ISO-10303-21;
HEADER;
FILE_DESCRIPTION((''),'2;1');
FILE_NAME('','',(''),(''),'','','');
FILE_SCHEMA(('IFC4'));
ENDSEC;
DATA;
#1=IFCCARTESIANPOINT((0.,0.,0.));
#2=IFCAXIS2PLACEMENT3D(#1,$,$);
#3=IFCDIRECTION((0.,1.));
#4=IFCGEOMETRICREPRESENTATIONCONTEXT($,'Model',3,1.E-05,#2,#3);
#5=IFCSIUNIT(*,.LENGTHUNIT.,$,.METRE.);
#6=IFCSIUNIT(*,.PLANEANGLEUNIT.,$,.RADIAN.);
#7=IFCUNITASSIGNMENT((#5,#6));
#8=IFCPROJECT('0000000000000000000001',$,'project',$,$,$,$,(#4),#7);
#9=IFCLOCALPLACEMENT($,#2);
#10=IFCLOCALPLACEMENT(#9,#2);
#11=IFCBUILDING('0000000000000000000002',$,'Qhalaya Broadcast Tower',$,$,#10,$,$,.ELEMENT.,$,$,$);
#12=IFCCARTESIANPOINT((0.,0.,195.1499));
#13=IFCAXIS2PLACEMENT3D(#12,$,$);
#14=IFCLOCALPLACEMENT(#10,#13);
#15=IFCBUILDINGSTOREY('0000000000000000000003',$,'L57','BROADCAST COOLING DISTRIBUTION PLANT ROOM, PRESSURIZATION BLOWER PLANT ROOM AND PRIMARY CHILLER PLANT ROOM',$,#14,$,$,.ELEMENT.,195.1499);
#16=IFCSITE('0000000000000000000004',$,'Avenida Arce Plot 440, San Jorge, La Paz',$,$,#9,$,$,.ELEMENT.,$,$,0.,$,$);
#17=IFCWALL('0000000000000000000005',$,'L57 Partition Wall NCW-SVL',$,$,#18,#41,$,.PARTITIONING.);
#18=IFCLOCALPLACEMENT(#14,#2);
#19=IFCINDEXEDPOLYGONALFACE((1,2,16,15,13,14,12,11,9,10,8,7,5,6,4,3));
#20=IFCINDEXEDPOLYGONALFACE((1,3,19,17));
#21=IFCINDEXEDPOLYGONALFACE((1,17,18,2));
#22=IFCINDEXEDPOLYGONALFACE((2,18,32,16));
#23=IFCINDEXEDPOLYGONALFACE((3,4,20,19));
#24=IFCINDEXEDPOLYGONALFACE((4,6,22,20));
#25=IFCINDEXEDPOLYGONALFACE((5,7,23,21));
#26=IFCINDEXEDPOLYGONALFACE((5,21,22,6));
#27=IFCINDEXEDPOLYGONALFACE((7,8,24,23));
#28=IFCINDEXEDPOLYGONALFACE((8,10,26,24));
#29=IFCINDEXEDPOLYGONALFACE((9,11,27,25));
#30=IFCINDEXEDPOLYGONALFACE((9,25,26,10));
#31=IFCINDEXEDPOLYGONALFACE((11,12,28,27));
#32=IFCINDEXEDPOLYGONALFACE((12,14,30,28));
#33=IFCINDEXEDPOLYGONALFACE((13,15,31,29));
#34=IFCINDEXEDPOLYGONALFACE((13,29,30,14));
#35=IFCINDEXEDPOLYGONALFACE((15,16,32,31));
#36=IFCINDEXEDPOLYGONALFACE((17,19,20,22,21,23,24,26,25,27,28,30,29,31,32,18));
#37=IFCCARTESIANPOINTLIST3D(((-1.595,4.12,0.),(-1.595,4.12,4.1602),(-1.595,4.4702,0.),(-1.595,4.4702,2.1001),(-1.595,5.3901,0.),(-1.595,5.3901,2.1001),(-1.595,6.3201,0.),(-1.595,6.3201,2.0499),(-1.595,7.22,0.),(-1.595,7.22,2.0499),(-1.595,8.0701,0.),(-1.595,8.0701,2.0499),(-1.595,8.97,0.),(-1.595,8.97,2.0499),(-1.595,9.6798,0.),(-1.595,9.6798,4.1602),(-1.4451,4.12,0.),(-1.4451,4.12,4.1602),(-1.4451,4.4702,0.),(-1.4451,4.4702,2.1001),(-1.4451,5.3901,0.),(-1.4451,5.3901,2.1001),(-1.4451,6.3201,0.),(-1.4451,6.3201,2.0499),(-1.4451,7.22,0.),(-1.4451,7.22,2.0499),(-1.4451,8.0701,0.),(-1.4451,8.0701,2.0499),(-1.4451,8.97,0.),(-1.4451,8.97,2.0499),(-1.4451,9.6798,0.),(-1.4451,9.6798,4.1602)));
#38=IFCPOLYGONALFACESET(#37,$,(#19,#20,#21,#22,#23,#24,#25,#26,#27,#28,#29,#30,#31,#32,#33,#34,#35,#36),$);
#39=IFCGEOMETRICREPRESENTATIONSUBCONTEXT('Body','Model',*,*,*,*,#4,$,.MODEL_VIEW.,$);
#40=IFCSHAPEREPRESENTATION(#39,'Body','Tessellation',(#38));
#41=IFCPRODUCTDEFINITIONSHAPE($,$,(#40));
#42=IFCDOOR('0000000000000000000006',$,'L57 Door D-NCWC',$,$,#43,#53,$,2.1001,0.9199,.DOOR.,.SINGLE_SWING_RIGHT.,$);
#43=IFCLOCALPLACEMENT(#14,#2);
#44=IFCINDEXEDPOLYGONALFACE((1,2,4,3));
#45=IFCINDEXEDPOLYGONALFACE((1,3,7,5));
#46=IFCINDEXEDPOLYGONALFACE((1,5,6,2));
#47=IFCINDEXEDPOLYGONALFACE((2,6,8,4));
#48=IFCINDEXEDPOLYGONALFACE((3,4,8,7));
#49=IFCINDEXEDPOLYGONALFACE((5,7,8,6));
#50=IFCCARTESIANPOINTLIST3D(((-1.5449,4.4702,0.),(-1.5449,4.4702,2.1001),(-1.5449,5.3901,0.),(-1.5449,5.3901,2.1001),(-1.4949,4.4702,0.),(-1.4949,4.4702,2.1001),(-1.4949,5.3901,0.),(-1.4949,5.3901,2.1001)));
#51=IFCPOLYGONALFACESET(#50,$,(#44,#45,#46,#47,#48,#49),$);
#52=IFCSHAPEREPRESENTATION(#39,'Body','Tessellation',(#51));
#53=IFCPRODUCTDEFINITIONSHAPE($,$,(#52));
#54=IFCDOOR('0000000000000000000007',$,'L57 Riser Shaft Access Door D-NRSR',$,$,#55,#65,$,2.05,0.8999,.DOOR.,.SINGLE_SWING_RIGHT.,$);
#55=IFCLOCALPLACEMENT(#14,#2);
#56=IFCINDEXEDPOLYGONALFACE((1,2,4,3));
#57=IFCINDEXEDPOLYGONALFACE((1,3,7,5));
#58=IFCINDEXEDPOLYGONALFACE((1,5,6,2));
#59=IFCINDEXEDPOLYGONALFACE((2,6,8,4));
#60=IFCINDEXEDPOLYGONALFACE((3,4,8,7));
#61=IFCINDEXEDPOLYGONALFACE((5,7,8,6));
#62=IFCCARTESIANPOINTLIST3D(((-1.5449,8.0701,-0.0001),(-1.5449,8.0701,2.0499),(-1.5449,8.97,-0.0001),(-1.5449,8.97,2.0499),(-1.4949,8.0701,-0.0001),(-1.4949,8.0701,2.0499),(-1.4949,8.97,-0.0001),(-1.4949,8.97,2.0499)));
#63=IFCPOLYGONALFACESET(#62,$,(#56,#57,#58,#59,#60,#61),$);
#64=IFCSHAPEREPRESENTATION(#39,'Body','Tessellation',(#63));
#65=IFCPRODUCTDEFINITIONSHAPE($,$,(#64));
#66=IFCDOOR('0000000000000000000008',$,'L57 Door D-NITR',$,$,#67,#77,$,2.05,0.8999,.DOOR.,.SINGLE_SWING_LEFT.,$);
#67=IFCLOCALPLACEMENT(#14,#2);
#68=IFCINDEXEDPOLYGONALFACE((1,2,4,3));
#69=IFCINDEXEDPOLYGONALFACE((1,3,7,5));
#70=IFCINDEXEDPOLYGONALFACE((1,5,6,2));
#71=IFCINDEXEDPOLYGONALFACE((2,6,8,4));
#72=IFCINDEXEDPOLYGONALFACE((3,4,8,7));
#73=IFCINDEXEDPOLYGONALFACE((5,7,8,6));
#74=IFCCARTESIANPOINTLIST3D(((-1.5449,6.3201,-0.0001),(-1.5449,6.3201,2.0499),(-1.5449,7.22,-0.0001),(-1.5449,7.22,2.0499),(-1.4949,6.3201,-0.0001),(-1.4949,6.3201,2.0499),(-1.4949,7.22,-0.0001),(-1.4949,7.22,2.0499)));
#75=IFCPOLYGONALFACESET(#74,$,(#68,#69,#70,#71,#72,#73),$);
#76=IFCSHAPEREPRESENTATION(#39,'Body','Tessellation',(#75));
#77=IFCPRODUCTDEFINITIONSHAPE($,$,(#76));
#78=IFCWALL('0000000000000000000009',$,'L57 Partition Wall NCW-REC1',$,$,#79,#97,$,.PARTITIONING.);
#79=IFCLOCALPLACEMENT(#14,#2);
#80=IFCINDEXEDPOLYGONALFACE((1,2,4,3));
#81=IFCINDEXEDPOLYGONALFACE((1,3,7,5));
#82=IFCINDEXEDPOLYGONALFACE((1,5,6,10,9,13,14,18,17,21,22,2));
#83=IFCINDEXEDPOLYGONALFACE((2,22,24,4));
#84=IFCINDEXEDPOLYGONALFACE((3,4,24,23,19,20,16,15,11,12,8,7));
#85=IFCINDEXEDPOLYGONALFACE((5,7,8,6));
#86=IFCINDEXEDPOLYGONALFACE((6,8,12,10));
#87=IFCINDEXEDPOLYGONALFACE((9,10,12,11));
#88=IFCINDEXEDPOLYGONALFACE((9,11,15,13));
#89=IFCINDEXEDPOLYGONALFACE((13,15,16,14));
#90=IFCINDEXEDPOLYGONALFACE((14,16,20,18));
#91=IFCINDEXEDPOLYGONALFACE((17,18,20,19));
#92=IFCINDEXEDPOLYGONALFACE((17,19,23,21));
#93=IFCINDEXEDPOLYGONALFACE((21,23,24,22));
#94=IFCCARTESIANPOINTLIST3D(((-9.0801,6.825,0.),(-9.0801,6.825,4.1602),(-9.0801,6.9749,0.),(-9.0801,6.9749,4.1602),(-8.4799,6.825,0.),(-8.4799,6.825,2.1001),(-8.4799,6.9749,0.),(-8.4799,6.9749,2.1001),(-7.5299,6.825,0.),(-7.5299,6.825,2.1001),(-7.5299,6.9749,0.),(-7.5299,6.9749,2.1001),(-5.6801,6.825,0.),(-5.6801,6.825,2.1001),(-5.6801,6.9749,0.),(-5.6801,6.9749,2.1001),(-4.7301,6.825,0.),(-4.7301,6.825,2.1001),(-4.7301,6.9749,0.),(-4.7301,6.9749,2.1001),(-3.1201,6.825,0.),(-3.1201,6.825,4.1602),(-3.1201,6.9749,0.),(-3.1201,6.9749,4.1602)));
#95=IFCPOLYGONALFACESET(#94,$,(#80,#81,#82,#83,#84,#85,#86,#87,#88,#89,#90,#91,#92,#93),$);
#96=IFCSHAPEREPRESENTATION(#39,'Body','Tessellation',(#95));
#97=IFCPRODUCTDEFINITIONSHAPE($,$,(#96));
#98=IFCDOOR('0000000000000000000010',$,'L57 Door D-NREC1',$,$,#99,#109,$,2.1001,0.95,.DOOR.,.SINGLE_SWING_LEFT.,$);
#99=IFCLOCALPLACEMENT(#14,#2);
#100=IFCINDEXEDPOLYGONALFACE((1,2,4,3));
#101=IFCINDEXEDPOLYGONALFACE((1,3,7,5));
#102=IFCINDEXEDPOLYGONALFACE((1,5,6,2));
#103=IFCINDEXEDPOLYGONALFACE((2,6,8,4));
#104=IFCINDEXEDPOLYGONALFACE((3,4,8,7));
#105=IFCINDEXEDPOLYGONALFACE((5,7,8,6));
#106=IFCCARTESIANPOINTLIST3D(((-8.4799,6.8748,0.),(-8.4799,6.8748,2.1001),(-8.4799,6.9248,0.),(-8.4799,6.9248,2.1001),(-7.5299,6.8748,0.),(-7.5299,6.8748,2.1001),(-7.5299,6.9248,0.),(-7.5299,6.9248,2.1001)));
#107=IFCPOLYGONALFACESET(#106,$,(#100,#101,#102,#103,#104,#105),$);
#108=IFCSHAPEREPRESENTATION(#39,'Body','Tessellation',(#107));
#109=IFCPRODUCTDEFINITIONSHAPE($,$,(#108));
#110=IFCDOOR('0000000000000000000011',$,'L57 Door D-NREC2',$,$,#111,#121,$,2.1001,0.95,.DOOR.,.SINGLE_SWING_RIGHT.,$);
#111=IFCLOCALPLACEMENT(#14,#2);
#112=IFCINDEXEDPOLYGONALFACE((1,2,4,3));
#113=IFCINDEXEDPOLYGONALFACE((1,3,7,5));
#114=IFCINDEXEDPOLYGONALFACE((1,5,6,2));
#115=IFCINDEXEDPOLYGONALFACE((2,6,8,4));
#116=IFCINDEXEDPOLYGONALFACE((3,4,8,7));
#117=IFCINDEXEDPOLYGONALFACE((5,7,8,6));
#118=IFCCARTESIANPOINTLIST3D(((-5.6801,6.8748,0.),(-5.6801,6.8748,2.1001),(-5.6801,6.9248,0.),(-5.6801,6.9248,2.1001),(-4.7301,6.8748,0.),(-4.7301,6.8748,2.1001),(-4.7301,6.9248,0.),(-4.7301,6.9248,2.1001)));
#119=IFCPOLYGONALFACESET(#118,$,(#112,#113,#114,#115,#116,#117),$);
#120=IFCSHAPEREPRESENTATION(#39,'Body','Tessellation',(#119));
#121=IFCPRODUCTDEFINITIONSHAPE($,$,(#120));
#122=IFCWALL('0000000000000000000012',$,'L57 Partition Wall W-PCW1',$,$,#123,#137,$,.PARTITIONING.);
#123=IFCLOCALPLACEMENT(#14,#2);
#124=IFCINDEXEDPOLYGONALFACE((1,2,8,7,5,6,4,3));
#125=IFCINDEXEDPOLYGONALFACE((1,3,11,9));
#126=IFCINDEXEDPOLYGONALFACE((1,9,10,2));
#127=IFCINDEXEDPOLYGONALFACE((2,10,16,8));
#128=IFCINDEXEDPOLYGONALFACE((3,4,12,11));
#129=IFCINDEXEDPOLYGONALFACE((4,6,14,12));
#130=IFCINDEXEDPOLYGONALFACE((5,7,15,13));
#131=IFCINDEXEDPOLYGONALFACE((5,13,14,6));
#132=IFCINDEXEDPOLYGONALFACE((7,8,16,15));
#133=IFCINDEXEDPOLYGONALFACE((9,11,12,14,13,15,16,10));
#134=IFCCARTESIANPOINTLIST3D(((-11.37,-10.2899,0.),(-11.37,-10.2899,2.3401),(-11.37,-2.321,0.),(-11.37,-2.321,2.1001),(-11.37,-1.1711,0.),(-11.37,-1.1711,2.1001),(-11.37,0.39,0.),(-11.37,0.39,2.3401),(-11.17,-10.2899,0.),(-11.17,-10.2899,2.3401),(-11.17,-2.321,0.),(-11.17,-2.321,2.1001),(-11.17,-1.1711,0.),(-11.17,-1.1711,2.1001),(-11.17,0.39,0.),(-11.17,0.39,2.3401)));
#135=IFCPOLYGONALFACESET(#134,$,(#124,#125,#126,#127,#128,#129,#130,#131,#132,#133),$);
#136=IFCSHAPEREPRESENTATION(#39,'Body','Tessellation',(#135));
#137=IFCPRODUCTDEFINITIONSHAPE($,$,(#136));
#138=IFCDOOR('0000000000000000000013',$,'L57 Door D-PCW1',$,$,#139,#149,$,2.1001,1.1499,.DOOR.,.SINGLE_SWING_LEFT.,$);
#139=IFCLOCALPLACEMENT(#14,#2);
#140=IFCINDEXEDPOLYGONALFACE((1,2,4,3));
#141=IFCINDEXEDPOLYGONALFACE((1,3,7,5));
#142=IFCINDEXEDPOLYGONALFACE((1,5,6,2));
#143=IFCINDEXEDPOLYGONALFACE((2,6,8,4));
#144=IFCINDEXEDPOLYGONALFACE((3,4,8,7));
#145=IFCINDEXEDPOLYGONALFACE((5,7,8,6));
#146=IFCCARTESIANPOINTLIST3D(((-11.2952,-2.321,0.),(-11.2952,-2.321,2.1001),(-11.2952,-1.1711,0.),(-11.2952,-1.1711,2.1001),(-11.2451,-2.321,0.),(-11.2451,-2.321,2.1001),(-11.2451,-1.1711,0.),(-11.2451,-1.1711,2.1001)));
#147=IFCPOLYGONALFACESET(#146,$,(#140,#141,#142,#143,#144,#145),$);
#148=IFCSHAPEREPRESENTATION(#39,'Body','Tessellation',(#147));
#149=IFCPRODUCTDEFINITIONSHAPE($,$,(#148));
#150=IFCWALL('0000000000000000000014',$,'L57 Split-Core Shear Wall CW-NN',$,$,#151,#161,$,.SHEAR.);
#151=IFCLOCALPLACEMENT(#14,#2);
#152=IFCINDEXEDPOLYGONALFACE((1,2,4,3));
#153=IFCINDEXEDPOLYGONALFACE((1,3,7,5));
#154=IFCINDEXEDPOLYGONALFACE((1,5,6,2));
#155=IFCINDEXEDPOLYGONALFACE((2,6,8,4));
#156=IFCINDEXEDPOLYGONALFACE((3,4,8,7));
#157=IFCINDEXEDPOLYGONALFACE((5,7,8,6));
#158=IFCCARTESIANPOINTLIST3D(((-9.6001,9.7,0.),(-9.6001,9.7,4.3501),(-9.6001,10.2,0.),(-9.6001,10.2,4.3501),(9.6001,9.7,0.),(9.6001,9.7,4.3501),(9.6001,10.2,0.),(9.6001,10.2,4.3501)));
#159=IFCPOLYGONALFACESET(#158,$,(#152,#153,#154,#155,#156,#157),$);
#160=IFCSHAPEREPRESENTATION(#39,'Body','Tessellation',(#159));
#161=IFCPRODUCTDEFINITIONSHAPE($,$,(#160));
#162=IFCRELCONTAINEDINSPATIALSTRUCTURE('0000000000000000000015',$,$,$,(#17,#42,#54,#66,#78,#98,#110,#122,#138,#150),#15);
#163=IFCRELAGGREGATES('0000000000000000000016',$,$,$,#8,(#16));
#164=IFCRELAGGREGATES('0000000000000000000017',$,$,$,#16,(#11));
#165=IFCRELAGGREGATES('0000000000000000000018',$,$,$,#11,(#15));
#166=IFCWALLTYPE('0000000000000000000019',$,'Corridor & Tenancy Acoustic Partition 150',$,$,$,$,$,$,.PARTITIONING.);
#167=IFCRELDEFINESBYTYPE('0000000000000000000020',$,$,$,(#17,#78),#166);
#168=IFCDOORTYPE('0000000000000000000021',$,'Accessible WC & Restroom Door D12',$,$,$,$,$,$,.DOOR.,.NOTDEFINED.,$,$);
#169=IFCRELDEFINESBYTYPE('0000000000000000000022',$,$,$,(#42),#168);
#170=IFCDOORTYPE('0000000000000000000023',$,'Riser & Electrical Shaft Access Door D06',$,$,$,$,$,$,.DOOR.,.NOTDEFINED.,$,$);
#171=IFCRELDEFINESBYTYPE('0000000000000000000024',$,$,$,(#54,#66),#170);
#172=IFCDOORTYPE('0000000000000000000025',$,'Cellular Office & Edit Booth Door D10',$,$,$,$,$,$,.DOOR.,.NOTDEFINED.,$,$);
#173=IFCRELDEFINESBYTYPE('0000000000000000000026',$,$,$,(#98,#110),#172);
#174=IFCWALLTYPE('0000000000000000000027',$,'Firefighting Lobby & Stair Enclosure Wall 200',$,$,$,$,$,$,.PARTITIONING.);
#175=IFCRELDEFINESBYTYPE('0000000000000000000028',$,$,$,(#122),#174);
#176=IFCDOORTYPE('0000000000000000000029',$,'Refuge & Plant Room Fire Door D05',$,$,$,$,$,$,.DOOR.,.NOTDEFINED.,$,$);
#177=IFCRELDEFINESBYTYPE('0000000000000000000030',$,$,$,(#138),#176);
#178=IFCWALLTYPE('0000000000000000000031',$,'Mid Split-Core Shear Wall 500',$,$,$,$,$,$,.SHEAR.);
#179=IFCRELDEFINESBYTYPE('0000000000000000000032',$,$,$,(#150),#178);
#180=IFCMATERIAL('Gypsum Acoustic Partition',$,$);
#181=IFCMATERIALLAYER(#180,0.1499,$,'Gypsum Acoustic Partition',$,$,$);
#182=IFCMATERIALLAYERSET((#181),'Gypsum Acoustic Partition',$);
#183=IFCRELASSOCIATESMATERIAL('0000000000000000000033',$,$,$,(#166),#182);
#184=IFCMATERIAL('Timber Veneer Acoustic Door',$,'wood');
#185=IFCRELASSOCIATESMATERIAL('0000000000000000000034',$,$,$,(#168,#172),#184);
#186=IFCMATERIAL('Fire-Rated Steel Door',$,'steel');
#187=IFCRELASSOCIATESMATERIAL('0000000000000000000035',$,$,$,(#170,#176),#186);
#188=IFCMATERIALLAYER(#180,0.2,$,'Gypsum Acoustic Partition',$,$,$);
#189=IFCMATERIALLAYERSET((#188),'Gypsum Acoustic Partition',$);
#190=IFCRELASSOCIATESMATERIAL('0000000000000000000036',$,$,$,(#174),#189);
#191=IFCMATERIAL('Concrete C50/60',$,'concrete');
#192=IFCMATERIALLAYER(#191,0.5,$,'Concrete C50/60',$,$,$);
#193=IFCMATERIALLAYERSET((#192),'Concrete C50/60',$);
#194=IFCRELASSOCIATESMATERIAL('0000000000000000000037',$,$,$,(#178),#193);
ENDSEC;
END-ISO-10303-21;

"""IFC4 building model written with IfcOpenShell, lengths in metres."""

from ifc_helpers import new_model, si_unit, direction, frame, frame_2d, origin, place, context, subcontext, project, spatial, rectangle, extrude, material, layer, layer_set, type_object, element, fill, save


model = new_model("IFC4")

# Units and contexts
model_context = context("Model", 3, precision=1e-05, world=origin(), true_north=direction((0.0, 1.0)))
body_context = subcontext(model_context, "Body", "Model", "MODEL_VIEW")
ifc_project = project(units=[si_unit("LENGTHUNIT", "METRE"), si_unit("PLANEANGLEUNIT", "RADIAN")], contexts=[model_context])

# Site, building, storey
site_placement = place(None, origin())
site = spatial("IfcSite", under=ifc_project, at=site_placement, Name="Avenida Arce Plot 440, San Jorge, La Paz", CompositionType="ELEMENT", RefElevation=0.0)
building_placement = place(site_placement, origin())
building = spatial("IfcBuilding", under=site, at=building_placement, Name="Qhalaya Broadcast Tower", CompositionType="ELEMENT")
storey_placement = place(building_placement, frame((0.0, 0.0, 195.1499)))
storey = spatial("IfcBuildingStorey", under=building, at=storey_placement, Name="L57", Description="BROADCAST COOLING DISTRIBUTION PLANT ROOM, PRESSURIZATION BLOWER PLANT ROOM AND PRIMARY CHILLER PLANT ROOM", CompositionType="ELEMENT", Elevation=195.1499)

# Shared definitions
ifc_material_1 = material(Name="Concrete C50/60", Category="concrete")

# Walls, openings, doors
ifc_material_2 = material(Name="Gypsum Acoustic Partition")
ifc_layer_1 = layer(ifc_material_2, 0.1499, Name="Gypsum Acoustic Partition")
ifc_layer_set_1 = layer_set([ifc_layer_1], Name="Gypsum Acoustic Partition")
wall_type_1 = type_object("IfcWallType", Name="Corridor & Tenancy Acoustic Partition 150", PredefinedType="PARTITIONING", material=ifc_layer_set_1)
wall_1_placement = place(storey_placement, frame((-1.52, 4.1201, 0.0), z_axis=(0.0, 0.0, 1.0), x_axis=(0.0, 1.0, 0.0)))
wall_1 = element("IfcWall", 1, at=wall_1_placement, inside=storey, type_object=wall_type_1, Name="L57 Partition Wall NCW-SVL", PredefinedType="PARTITIONING", context=body_context, shape_type="SweptSolid", body=[
    extrude(rectangle(XDim=5.5598, YDim=0.1499, at=frame_2d((2.7798, 0.0))), origin(), (0.0, 0.0, 1.0), 4.1602),
])
opening_1_placement = place(wall_1_placement, frame((3.95, 0.0, 0.0)))
opening_1 = element("IfcOpeningElement", 2, at=opening_1_placement, cuts=wall_1, PredefinedType="OPENING", context=body_context, shape_type="SweptSolid", body=[
    extrude(rectangle(XDim=0.8999, YDim=2.05, at=frame_2d((0.45, 1.0249))), frame((0.0, 0.0869, 0.0), z_axis=(0.0, -1.0, 0.0), x_axis=(1.0, 0.0, 0.0)), (0.0, 0.0, 1.0), 0.1738),
])
opening_2_placement = place(wall_1_placement, frame((2.2, 0.0, 0.0)))
opening_2 = element("IfcOpeningElement", 3, at=opening_2_placement, cuts=wall_1, PredefinedType="OPENING", context=body_context, shape_type="SweptSolid", body=[
    extrude(rectangle(XDim=0.8999, YDim=2.05, at=frame_2d((0.45, 1.0249))), frame((0.0, 0.0869, 0.0), z_axis=(0.0, -1.0, 0.0), x_axis=(1.0, 0.0, 0.0)), (0.0, 0.0, 1.0), 0.1738),
])
opening_3_placement = place(wall_1_placement, frame((0.3501, 0.0, 0.0)))
opening_3 = element("IfcOpeningElement", 4, at=opening_3_placement, cuts=wall_1, PredefinedType="OPENING", context=body_context, shape_type="SweptSolid", body=[
    extrude(rectangle(XDim=0.9199, YDim=2.1001, at=frame_2d((0.46, 1.05))), frame((0.0, 0.0869, 0.0), z_axis=(0.0, -1.0, 0.0), x_axis=(1.0, 0.0, 0.0)), (0.0, 0.0, 1.0), 0.1738),
])
ifc_material_3 = material(Name="Timber Veneer Acoustic Door", Category="wood")
door_type_1 = type_object("IfcDoorType", Name="Accessible WC & Restroom Door D12", OperationType="NOTDEFINED", PredefinedType="DOOR", material=ifc_material_3)
door_1_placement = place(opening_3_placement, origin())
door_1 = element("IfcDoor", 5, at=door_1_placement, inside=storey, type_object=door_type_1, Name="L57 Door D-NCWC", OperationType="SINGLE_SWING_RIGHT", OverallHeight=2.1001, OverallWidth=0.9199, PredefinedType="DOOR", context=body_context, shape_type="SweptSolid", body=[
    extrude(rectangle(XDim=0.9199, YDim=2.1001, at=frame_2d((0.46, 1.05))), frame((0.0, 0.0249, 0.0), z_axis=(0.0, -1.0, 0.0), x_axis=(1.0, 0.0, 0.0)), (0.0, 0.0, 1.0), 0.05),
])
fill(opening_3, door_1)
ifc_material_4 = material(Name="Fire-Rated Steel Door", Category="steel")
door_type_2 = type_object("IfcDoorType", Name="Riser & Electrical Shaft Access Door D06", OperationType="NOTDEFINED", PredefinedType="DOOR", material=ifc_material_4)
door_2_placement = place(opening_1_placement, origin())
door_2 = element("IfcDoor", 6, at=door_2_placement, inside=storey, type_object=door_type_2, Name="L57 Riser Shaft Access Door D-NRSR", OperationType="SINGLE_SWING_RIGHT", OverallHeight=2.05, OverallWidth=0.8999, PredefinedType="DOOR", context=body_context, shape_type="SweptSolid", body=[
    extrude(rectangle(XDim=0.8999, YDim=2.05, at=frame_2d((0.45, 1.0249))), frame((0.0, 0.0249, 0.0), z_axis=(0.0, -1.0, 0.0), x_axis=(1.0, 0.0, 0.0)), (0.0, 0.0, 1.0), 0.05),
])
fill(opening_1, door_2)
door_3_placement = place(opening_2_placement, origin())
door_3 = element("IfcDoor", 7, at=door_3_placement, inside=storey, type_object=door_type_2, Name="L57 Door D-NITR", OperationType="SINGLE_SWING_LEFT", OverallHeight=2.05, OverallWidth=0.8999, PredefinedType="DOOR", context=body_context, shape_type="SweptSolid", body=[
    extrude(rectangle(XDim=0.8999, YDim=2.05, at=frame_2d((0.45, 1.0249))), frame((0.0, 0.0249, 0.0), z_axis=(0.0, -1.0, 0.0), x_axis=(1.0, 0.0, 0.0)), (0.0, 0.0, 1.0), 0.05),
])
fill(opening_2, door_3)
wall_2_placement = place(storey_placement, frame((-9.0801, 6.8999, 0.0), z_axis=(0.0, 0.0, 1.0), x_axis=(1.0, 0.0, 0.0)))
wall_2 = element("IfcWall", 8, at=wall_2_placement, inside=storey, type_object=wall_type_1, Name="L57 Partition Wall NCW-REC1", PredefinedType="PARTITIONING", context=body_context, shape_type="SweptSolid", body=[
    extrude(rectangle(XDim=5.96, YDim=0.1499, at=frame_2d((2.98, 0.0))), origin(), (0.0, 0.0, 1.0), 4.1602),
])
opening_4_placement = place(wall_2_placement, frame((0.6001, 0.0, 0.0)))
opening_4 = element("IfcOpeningElement", 9, at=opening_4_placement, cuts=wall_2, PredefinedType="OPENING", context=body_context, shape_type="SweptSolid", body=[
    extrude(rectangle(XDim=0.95, YDim=2.1001, at=frame_2d((0.4751, 1.05))), frame((0.0, 0.0869, 0.0), z_axis=(0.0, -1.0, 0.0), x_axis=(1.0, 0.0, 0.0)), (0.0, 0.0, 1.0), 0.1738),
])
opening_5_placement = place(wall_2_placement, frame((3.3999, 0.0, 0.0)))
opening_5 = element("IfcOpeningElement", 10, at=opening_5_placement, cuts=wall_2, PredefinedType="OPENING", context=body_context, shape_type="SweptSolid", body=[
    extrude(rectangle(XDim=0.95, YDim=2.1001, at=frame_2d((0.4751, 1.05))), frame((0.0, 0.0869, 0.0), z_axis=(0.0, -1.0, 0.0), x_axis=(1.0, 0.0, 0.0)), (0.0, 0.0, 1.0), 0.1738),
])
door_type_3 = type_object("IfcDoorType", Name="Cellular Office & Edit Booth Door D10", OperationType="NOTDEFINED", PredefinedType="DOOR", material=ifc_material_3)
door_4_placement = place(opening_4_placement, origin())
door_4 = element("IfcDoor", 11, at=door_4_placement, inside=storey, type_object=door_type_3, Name="L57 Door D-NREC1", OperationType="SINGLE_SWING_LEFT", OverallHeight=2.1001, OverallWidth=0.95, PredefinedType="DOOR", context=body_context, shape_type="SweptSolid", body=[
    extrude(rectangle(XDim=0.95, YDim=2.1001, at=frame_2d((0.4751, 1.05))), frame((0.0, 0.0249, 0.0), z_axis=(0.0, -1.0, 0.0), x_axis=(1.0, 0.0, 0.0)), (0.0, 0.0, 1.0), 0.05),
])
fill(opening_4, door_4)
door_5_placement = place(opening_5_placement, origin())
door_5 = element("IfcDoor", 12, at=door_5_placement, inside=storey, type_object=door_type_3, Name="L57 Door D-NREC2", OperationType="SINGLE_SWING_RIGHT", OverallHeight=2.1001, OverallWidth=0.95, PredefinedType="DOOR", context=body_context, shape_type="SweptSolid", body=[
    extrude(rectangle(XDim=0.95, YDim=2.1001, at=frame_2d((0.4751, 1.05))), frame((0.0, 0.0249, 0.0), z_axis=(0.0, -1.0, 0.0), x_axis=(1.0, 0.0, 0.0)), (0.0, 0.0, 1.0), 0.05),
])
fill(opening_5, door_5)

# Wall, opening, door
ifc_layer_2 = layer(ifc_material_2, 0.2, Name="Gypsum Acoustic Partition")
ifc_layer_set_2 = layer_set([ifc_layer_2], Name="Gypsum Acoustic Partition")
wall_type_2 = type_object("IfcWallType", Name="Firefighting Lobby & Stair Enclosure Wall 200", PredefinedType="PARTITIONING", material=ifc_layer_set_2)
wall_3_placement = place(storey_placement, frame((-11.27, 0.3899, 0.0), z_axis=(0.0, 0.0, 1.0), x_axis=(0.0, -1.0, 0.0)))
wall_3 = element("IfcWall", 13, at=wall_3_placement, inside=storey, type_object=wall_type_2, Name="L57 Partition Wall W-PCW1", PredefinedType="PARTITIONING", context=body_context, shape_type="SweptSolid", body=[
    extrude(rectangle(XDim=10.6799, YDim=0.2, at=frame_2d((5.3398, 0.0))), origin(), (0.0, 0.0, 1.0), 2.3401),
])
opening_6_placement = place(wall_3_placement, frame((1.561, 0.0, 0.0)))
opening_6 = element("IfcOpeningElement", 14, at=opening_6_placement, cuts=wall_3, PredefinedType="OPENING", context=body_context, shape_type="SweptSolid", body=[
    extrude(rectangle(XDim=1.1499, YDim=2.1001, at=frame_2d((0.575, 1.05))), frame((0.0, 0.1121, 0.0), z_axis=(0.0, -1.0, 0.0), x_axis=(1.0, 0.0, 0.0)), (0.0, 0.0, 1.0), 0.2239),
])
door_type_4 = type_object("IfcDoorType", Name="Refuge & Plant Room Fire Door D05", OperationType="NOTDEFINED", PredefinedType="DOOR", material=ifc_material_4)
door_6_placement = place(opening_6_placement, origin())
door_6 = element("IfcDoor", 15, at=door_6_placement, inside=storey, type_object=door_type_4, Name="L57 Door D-PCW1", OperationType="SINGLE_SWING_LEFT", OverallHeight=2.1001, OverallWidth=1.1499, PredefinedType="DOOR", context=body_context, shape_type="SweptSolid", body=[
    extrude(rectangle(XDim=1.1499, YDim=2.1001, at=frame_2d((0.575, 1.05))), frame((0.0, 0.0249, 0.0), z_axis=(0.0, -1.0, 0.0), x_axis=(1.0, 0.0, 0.0)), (0.0, 0.0, 1.0), 0.05),
])
fill(opening_6, door_6)

# Wall
ifc_layer_3 = layer(ifc_material_1, 0.5, Name="Concrete C50/60")
ifc_layer_set_3 = layer_set([ifc_layer_3], Name="Concrete C50/60")
wall_type_3 = type_object("IfcWallType", Name="Mid Split-Core Shear Wall 500", PredefinedType="SHEAR", material=ifc_layer_set_3)
wall_4_placement = place(storey_placement, frame((-9.6001, 9.95, 0.0), z_axis=(0.0, 0.0, 1.0), x_axis=(1.0, 0.0, 0.0)))
element("IfcWall", 16, at=wall_4_placement, inside=storey, type_object=wall_type_3, Name="L57 Split-Core Shear Wall CW-NN", PredefinedType="SHEAR", context=body_context, shape_type="SweptSolid", body=[
    extrude(rectangle(XDim=19.2002, YDim=0.5, at=frame_2d((9.6001, 0.0))), origin(), (0.0, 0.0, 1.0), 4.3501),
])

save(model, "model.ifc")
